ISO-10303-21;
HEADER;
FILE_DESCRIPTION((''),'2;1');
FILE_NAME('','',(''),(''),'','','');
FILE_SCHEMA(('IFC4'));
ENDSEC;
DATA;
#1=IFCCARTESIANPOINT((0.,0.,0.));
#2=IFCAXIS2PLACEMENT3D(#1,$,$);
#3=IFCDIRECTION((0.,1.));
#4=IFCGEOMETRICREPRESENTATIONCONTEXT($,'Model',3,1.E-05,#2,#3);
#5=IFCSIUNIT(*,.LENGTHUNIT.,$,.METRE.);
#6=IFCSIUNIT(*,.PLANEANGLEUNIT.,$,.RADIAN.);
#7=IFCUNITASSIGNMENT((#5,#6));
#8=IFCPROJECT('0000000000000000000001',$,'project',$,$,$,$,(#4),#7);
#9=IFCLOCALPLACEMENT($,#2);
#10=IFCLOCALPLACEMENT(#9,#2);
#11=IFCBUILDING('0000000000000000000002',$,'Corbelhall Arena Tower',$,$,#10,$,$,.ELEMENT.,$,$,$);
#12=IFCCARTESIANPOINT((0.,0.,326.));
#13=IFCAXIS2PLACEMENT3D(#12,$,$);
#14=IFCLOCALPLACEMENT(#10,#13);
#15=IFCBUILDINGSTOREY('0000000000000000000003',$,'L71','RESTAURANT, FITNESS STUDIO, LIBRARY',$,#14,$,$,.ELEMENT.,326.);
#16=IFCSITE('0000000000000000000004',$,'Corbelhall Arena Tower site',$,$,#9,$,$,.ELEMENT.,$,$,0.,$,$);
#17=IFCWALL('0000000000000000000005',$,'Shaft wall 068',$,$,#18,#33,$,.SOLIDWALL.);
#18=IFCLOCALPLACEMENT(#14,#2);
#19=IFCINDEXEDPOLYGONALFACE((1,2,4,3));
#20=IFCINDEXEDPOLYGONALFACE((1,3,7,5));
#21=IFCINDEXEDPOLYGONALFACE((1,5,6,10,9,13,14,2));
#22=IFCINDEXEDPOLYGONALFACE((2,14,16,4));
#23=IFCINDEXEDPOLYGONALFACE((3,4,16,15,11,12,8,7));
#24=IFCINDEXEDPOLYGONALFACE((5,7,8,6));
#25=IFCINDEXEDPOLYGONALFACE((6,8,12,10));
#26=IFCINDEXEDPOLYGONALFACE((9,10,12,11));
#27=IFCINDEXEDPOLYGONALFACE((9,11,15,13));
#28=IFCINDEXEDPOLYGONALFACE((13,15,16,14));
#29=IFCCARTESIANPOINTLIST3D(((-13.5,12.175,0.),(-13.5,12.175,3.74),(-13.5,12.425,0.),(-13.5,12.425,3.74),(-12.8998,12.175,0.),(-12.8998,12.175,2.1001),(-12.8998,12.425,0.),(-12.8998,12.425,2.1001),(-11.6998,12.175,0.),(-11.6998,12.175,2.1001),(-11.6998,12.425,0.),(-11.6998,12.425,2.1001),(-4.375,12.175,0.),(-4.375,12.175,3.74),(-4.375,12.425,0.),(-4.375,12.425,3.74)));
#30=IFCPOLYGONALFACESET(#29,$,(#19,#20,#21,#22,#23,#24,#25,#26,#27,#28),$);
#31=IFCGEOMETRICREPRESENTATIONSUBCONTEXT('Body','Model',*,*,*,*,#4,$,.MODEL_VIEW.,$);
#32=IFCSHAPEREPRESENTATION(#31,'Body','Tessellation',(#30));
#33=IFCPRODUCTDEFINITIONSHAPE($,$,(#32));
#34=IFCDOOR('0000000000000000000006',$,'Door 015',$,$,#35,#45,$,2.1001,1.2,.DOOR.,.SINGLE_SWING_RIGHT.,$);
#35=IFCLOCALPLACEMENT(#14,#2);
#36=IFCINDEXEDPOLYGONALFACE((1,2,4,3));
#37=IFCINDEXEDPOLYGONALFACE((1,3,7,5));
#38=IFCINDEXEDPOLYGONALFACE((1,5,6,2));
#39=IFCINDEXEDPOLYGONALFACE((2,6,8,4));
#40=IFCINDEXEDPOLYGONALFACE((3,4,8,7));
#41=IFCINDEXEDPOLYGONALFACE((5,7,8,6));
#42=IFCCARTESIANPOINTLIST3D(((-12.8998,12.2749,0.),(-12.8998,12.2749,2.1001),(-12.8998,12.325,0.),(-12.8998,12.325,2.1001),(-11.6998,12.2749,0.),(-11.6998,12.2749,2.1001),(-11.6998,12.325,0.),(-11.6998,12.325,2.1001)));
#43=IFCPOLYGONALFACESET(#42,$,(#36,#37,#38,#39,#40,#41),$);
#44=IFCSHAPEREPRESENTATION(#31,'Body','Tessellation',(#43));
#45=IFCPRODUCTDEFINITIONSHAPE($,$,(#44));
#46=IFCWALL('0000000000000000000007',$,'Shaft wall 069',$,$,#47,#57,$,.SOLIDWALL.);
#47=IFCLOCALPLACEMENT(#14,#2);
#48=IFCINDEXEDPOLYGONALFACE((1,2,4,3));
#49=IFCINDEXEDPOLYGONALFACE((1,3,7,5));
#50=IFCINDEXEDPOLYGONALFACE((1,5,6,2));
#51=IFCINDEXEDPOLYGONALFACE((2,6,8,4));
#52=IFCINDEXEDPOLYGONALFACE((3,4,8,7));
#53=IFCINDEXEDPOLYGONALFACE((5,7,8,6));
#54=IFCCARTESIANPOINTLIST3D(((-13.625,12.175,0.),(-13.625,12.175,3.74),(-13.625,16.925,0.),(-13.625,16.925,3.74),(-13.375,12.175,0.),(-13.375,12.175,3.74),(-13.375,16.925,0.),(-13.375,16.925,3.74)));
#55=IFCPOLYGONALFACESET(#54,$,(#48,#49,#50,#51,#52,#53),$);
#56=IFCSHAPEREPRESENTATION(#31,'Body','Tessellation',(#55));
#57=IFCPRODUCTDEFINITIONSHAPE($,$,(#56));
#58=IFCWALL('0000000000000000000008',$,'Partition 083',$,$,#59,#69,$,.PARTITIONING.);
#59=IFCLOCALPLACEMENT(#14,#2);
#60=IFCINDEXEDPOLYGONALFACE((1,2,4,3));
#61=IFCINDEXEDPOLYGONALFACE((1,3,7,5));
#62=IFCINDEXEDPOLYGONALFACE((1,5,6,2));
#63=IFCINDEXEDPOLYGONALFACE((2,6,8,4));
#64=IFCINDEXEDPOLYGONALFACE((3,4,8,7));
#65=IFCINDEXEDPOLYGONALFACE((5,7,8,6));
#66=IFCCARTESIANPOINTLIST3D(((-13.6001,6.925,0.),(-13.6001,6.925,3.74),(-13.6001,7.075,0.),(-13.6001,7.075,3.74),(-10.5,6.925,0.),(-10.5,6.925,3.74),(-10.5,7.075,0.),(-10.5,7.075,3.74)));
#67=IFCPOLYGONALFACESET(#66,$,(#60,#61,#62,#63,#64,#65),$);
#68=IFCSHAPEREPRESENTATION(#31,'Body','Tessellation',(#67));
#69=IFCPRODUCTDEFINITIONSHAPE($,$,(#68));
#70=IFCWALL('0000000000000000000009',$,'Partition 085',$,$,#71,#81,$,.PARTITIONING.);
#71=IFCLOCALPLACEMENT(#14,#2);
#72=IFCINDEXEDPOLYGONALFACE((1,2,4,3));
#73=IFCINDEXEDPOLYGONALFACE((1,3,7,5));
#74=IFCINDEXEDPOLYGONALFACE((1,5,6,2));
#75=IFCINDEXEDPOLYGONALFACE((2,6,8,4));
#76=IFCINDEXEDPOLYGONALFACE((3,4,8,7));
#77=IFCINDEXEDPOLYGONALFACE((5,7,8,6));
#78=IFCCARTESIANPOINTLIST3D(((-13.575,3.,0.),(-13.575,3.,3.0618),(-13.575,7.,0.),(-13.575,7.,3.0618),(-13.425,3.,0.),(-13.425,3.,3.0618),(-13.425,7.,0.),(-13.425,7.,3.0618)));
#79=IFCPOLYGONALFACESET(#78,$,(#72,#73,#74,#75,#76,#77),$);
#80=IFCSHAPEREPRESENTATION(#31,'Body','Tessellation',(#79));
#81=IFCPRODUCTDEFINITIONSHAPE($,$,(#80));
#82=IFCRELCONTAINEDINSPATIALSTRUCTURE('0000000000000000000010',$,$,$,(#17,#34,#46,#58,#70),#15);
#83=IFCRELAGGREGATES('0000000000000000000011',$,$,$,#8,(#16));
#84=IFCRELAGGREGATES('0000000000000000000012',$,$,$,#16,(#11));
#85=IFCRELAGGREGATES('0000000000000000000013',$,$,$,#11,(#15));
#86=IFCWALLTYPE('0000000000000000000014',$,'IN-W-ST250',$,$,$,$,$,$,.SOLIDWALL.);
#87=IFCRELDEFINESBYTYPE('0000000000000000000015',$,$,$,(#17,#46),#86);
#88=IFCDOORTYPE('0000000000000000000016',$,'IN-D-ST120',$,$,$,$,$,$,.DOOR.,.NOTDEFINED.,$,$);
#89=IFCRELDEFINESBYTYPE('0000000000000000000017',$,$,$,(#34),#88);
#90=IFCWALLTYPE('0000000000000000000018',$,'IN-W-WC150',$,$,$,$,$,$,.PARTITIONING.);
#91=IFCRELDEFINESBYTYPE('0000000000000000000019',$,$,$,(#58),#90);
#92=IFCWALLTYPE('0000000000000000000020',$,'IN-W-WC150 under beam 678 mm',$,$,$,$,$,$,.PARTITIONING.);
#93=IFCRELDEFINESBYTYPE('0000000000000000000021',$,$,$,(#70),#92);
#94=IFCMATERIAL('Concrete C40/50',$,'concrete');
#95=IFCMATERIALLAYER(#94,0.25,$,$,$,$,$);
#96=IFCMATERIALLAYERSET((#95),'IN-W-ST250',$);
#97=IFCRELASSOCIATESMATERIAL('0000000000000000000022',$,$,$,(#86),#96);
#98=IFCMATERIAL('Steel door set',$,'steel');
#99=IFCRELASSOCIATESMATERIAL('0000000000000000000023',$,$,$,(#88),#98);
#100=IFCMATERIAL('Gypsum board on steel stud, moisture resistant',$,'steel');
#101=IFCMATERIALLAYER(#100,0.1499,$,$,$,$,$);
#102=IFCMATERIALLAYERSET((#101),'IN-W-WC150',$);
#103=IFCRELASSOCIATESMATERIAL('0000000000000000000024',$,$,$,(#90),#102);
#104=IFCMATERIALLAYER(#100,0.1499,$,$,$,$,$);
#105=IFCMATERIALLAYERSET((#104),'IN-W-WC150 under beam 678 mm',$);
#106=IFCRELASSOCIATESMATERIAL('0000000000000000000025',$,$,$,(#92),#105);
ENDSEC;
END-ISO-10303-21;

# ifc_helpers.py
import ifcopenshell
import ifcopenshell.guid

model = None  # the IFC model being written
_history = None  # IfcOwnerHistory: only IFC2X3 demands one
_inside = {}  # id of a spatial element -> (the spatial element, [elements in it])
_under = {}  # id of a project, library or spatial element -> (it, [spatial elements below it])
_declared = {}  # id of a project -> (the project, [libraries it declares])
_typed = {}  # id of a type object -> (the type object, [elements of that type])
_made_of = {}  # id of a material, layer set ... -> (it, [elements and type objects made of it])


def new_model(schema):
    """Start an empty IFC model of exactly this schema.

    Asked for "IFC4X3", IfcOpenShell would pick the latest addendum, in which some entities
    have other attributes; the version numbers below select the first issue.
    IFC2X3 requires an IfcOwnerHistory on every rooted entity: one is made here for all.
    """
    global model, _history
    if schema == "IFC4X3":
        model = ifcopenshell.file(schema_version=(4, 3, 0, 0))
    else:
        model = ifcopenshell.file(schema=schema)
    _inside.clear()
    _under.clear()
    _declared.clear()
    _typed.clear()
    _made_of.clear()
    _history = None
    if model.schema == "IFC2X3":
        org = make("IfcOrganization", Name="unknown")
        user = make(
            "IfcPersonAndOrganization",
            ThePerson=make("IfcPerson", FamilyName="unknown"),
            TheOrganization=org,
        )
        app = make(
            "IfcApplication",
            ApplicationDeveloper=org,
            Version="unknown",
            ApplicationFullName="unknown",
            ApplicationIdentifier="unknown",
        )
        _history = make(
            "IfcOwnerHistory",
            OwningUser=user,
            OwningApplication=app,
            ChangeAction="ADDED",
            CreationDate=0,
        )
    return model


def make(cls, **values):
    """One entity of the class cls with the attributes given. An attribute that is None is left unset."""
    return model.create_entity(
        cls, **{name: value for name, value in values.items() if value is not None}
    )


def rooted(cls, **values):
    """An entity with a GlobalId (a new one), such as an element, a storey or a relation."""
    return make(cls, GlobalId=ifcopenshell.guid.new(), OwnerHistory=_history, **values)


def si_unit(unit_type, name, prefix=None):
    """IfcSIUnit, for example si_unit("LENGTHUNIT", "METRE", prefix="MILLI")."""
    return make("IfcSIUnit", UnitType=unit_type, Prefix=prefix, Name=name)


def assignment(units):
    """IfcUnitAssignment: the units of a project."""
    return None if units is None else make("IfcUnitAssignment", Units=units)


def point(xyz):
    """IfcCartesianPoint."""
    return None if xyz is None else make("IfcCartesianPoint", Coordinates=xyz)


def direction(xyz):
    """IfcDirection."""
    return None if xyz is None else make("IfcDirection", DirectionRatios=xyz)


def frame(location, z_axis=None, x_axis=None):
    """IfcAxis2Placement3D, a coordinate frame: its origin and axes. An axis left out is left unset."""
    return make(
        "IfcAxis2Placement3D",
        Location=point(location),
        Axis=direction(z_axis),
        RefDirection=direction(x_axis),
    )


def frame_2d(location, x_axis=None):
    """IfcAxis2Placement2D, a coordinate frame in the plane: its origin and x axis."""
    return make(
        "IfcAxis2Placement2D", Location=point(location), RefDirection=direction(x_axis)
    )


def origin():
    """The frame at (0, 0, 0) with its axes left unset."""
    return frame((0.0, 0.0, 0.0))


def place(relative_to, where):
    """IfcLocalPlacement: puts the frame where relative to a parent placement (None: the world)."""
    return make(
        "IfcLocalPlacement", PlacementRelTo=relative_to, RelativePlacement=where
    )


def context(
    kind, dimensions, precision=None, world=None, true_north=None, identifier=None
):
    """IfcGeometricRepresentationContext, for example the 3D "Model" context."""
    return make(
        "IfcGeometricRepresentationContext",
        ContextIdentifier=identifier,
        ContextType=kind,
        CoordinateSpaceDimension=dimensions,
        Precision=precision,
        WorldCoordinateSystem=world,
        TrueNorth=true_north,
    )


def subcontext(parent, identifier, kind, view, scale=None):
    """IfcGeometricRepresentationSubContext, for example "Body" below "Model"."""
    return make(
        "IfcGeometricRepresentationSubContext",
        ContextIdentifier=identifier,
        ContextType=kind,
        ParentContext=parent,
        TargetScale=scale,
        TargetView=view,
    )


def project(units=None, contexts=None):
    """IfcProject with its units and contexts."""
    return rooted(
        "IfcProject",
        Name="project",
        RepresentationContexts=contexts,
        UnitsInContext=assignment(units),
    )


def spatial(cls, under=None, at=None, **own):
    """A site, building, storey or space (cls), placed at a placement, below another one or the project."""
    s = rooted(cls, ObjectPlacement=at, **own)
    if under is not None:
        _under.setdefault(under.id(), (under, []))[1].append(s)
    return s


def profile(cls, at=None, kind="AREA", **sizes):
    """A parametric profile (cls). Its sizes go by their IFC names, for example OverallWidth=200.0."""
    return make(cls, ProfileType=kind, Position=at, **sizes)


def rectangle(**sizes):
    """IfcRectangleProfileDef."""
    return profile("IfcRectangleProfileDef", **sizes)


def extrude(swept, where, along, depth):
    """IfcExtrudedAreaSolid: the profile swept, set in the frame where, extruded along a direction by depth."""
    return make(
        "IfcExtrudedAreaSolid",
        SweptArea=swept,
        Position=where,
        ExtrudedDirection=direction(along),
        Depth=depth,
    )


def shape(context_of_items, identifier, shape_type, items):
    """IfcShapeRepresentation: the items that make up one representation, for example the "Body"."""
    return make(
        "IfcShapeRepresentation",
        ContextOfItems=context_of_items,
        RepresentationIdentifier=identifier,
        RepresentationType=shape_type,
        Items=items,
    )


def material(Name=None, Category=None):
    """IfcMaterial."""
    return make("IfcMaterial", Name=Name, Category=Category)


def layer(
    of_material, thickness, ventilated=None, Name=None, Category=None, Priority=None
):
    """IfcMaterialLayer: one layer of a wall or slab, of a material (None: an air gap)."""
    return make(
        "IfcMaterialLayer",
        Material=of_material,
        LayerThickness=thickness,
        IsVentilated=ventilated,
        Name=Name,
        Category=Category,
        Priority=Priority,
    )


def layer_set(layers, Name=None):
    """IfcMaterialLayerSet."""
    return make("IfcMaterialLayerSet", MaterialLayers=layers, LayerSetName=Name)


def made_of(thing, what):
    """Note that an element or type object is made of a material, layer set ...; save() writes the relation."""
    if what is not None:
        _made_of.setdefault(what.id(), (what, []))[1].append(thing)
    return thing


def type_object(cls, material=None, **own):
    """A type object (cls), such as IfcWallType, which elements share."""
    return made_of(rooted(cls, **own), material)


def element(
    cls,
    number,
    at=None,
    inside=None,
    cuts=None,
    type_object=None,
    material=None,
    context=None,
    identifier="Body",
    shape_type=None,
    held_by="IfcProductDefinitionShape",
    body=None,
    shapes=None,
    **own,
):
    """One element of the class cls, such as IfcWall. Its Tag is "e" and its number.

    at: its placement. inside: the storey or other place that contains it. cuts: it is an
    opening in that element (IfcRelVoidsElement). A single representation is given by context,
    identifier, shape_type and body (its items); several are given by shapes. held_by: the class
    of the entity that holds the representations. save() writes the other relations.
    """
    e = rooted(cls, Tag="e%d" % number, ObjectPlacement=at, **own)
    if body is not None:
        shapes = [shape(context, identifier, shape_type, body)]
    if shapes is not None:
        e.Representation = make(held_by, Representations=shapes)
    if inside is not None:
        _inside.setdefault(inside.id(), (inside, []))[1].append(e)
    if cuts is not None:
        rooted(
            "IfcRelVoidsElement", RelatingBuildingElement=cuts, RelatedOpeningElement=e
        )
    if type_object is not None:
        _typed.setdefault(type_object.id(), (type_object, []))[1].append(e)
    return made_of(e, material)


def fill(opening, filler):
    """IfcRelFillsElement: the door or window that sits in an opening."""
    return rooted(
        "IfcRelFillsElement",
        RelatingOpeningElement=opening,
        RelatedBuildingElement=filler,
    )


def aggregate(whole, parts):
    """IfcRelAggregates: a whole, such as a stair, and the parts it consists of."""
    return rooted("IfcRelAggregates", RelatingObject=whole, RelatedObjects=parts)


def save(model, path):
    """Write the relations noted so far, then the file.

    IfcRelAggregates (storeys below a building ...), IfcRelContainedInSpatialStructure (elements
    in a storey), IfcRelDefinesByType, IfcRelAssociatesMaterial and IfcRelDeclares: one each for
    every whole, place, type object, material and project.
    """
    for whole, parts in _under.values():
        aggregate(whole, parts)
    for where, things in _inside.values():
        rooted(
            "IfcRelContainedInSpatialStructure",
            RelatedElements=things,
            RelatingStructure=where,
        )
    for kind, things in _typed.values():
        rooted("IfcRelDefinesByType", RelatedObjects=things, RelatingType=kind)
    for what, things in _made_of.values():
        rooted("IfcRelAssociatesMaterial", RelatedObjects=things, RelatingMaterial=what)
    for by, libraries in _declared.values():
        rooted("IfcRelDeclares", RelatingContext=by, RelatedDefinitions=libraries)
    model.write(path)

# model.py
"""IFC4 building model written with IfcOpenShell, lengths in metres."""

from ifc_helpers import new_model, si_unit, direction, frame, frame_2d, origin, place, context, subcontext, project, spatial, rectangle, extrude, material, layer, layer_set, type_object, element, fill, save


model = new_model("IFC4")

# Units and contexts
model_context = context("Model", 3, precision=1e-05, world=origin(), true_north=direction((0.0, 1.0)))
body_context = subcontext(model_context, "Body", "Model", "MODEL_VIEW")
ifc_project = project(units=[si_unit("LENGTHUNIT", "METRE"), si_unit("PLANEANGLEUNIT", "RADIAN")], contexts=[model_context])

# Site, building, storey
site_placement = place(None, origin())
site = spatial("IfcSite", under=ifc_project, at=site_placement, Name="Corbelhall Arena Tower site", CompositionType="ELEMENT", RefElevation=0.0)
building_placement = place(site_placement, origin())
building = spatial("IfcBuilding", under=site, at=building_placement, Name="Corbelhall Arena Tower", CompositionType="ELEMENT")
storey_placement = place(building_placement, frame((0.0, 0.0, 326.0)))
storey = spatial("IfcBuildingStorey", under=building, at=storey_placement, Name="L71", Description="RESTAURANT, FITNESS STUDIO, LIBRARY", CompositionType="ELEMENT", Elevation=326.0)

# Shared definitions
ifc_material_1 = material(Name="Steel door set", Category="steel")

# Shared definitions
ifc_material_2 = material(Name="Concrete C40/50", Category="concrete")

# Wall, opening, door
ifc_layer_1 = layer(ifc_material_2, 0.25)
ifc_layer_set_1 = layer_set([ifc_layer_1], Name="IN-W-ST250")
wall_type_1 = type_object("IfcWallType", Name="IN-W-ST250", PredefinedType="SOLIDWALL", material=ifc_layer_set_1)
wall_1_placement = place(storey_placement, frame((-13.5, 12.3, 0.0), z_axis=(0.0, 0.0, 1.0), x_axis=(1.0, 0.0, 0.0)))
wall_1 = element("IfcWall", 1, at=wall_1_placement, inside=storey, type_object=wall_type_1, Name="Shaft wall 068", PredefinedType="SOLIDWALL", context=body_context, shape_type="SweptSolid", body=[
    extrude(rectangle(XDim=9.125, YDim=0.25, at=frame_2d((4.5625, 0.0))), origin(), (0.0, 0.0, 1.0), 3.74),
])
opening_1_placement = place(wall_1_placement, frame((0.6001, 0.0, 0.0)))
opening_1 = element("IfcOpeningElement", 2, at=opening_1_placement, cuts=wall_1, PredefinedType="OPENING", context=body_context, shape_type="SweptSolid", body=[
    extrude(rectangle(XDim=1.2, YDim=2.1001, at=frame_2d((0.6001, 1.05))), frame((0.0, 0.125, 0.0), z_axis=(0.0, -1.0, 0.0), x_axis=(1.0, 0.0, 0.0)), (0.0, 0.0, 1.0), 0.25),
])
door_type_1 = type_object("IfcDoorType", Name="IN-D-ST120", OperationType="NOTDEFINED", PredefinedType="DOOR", material=ifc_material_1)
door_1_placement = place(opening_1_placement, origin())
door_1 = element("IfcDoor", 3, at=door_1_placement, inside=storey, type_object=door_type_1, Name="Door 015", OperationType="SINGLE_SWING_RIGHT", OverallHeight=2.1001, OverallWidth=1.2, PredefinedType="DOOR", context=body_context, shape_type="SweptSolid", body=[
    extrude(rectangle(XDim=1.2, YDim=2.1001, at=frame_2d((0.6001, 1.05))), frame((0.0, 0.0249, 0.0), z_axis=(0.0, -1.0, 0.0), x_axis=(1.0, 0.0, 0.0)), (0.0, 0.0, 1.0), 0.05),
])
fill(opening_1, door_1)

# Walls
wall_2_placement = place(storey_placement, frame((-13.5, 12.175, 0.0), z_axis=(0.0, 0.0, 1.0), x_axis=(0.0, 1.0, 0.0)))
element("IfcWall", 4, at=wall_2_placement, inside=storey, type_object=wall_type_1, Name="Shaft wall 069", PredefinedType="SOLIDWALL", context=body_context, shape_type="SweptSolid", body=[
    extrude(rectangle(XDim=4.75, YDim=0.25, at=frame_2d((2.375, 0.0))), origin(), (0.0, 0.0, 1.0), 3.74),
])
ifc_material_3 = material(Name="Gypsum board on steel stud, moisture resistant", Category="steel")
ifc_layer_2 = layer(ifc_material_3, 0.1499)
ifc_layer_set_2 = layer_set([ifc_layer_2], Name="IN-W-WC150")
wall_type_2 = type_object("IfcWallType", Name="IN-W-WC150", PredefinedType="PARTITIONING", material=ifc_layer_set_2)
wall_3_placement = place(storey_placement, frame((-13.6001, 7.0, 0.0), z_axis=(0.0, 0.0, 1.0), x_axis=(1.0, 0.0, 0.0)))
element("IfcWall", 5, at=wall_3_placement, inside=storey, type_object=wall_type_2, Name="Partition 083", PredefinedType="PARTITIONING", context=body_context, shape_type="SweptSolid", body=[
    extrude(rectangle(XDim=3.1001, YDim=0.1499, at=frame_2d((1.55, 0.0))), origin(), (0.0, 0.0, 1.0), 3.74),
])
ifc_layer_3 = layer(ifc_material_3, 0.1499)
ifc_layer_set_3 = layer_set([ifc_layer_3], Name="IN-W-WC150 under beam 678 mm")
wall_type_3 = type_object("IfcWallType", Name="IN-W-WC150 under beam 678 mm", PredefinedType="PARTITIONING", material=ifc_layer_set_3)
wall_4_placement = place(storey_placement, frame((-13.5, 3.0, 0.0), z_axis=(0.0, 0.0, 1.0), x_axis=(0.0, 1.0, 0.0)))
element("IfcWall", 6, at=wall_4_placement, inside=storey, type_object=wall_type_3, Name="Partition 085", PredefinedType="PARTITIONING", context=body_context, shape_type="SweptSolid", body=[
    extrude(rectangle(XDim=4.0, YDim=0.1499, at=frame_2d((2.0, 0.0))), origin(), (0.0, 0.0, 1.0), 3.0618),
])

save(model, "model.ifc")
